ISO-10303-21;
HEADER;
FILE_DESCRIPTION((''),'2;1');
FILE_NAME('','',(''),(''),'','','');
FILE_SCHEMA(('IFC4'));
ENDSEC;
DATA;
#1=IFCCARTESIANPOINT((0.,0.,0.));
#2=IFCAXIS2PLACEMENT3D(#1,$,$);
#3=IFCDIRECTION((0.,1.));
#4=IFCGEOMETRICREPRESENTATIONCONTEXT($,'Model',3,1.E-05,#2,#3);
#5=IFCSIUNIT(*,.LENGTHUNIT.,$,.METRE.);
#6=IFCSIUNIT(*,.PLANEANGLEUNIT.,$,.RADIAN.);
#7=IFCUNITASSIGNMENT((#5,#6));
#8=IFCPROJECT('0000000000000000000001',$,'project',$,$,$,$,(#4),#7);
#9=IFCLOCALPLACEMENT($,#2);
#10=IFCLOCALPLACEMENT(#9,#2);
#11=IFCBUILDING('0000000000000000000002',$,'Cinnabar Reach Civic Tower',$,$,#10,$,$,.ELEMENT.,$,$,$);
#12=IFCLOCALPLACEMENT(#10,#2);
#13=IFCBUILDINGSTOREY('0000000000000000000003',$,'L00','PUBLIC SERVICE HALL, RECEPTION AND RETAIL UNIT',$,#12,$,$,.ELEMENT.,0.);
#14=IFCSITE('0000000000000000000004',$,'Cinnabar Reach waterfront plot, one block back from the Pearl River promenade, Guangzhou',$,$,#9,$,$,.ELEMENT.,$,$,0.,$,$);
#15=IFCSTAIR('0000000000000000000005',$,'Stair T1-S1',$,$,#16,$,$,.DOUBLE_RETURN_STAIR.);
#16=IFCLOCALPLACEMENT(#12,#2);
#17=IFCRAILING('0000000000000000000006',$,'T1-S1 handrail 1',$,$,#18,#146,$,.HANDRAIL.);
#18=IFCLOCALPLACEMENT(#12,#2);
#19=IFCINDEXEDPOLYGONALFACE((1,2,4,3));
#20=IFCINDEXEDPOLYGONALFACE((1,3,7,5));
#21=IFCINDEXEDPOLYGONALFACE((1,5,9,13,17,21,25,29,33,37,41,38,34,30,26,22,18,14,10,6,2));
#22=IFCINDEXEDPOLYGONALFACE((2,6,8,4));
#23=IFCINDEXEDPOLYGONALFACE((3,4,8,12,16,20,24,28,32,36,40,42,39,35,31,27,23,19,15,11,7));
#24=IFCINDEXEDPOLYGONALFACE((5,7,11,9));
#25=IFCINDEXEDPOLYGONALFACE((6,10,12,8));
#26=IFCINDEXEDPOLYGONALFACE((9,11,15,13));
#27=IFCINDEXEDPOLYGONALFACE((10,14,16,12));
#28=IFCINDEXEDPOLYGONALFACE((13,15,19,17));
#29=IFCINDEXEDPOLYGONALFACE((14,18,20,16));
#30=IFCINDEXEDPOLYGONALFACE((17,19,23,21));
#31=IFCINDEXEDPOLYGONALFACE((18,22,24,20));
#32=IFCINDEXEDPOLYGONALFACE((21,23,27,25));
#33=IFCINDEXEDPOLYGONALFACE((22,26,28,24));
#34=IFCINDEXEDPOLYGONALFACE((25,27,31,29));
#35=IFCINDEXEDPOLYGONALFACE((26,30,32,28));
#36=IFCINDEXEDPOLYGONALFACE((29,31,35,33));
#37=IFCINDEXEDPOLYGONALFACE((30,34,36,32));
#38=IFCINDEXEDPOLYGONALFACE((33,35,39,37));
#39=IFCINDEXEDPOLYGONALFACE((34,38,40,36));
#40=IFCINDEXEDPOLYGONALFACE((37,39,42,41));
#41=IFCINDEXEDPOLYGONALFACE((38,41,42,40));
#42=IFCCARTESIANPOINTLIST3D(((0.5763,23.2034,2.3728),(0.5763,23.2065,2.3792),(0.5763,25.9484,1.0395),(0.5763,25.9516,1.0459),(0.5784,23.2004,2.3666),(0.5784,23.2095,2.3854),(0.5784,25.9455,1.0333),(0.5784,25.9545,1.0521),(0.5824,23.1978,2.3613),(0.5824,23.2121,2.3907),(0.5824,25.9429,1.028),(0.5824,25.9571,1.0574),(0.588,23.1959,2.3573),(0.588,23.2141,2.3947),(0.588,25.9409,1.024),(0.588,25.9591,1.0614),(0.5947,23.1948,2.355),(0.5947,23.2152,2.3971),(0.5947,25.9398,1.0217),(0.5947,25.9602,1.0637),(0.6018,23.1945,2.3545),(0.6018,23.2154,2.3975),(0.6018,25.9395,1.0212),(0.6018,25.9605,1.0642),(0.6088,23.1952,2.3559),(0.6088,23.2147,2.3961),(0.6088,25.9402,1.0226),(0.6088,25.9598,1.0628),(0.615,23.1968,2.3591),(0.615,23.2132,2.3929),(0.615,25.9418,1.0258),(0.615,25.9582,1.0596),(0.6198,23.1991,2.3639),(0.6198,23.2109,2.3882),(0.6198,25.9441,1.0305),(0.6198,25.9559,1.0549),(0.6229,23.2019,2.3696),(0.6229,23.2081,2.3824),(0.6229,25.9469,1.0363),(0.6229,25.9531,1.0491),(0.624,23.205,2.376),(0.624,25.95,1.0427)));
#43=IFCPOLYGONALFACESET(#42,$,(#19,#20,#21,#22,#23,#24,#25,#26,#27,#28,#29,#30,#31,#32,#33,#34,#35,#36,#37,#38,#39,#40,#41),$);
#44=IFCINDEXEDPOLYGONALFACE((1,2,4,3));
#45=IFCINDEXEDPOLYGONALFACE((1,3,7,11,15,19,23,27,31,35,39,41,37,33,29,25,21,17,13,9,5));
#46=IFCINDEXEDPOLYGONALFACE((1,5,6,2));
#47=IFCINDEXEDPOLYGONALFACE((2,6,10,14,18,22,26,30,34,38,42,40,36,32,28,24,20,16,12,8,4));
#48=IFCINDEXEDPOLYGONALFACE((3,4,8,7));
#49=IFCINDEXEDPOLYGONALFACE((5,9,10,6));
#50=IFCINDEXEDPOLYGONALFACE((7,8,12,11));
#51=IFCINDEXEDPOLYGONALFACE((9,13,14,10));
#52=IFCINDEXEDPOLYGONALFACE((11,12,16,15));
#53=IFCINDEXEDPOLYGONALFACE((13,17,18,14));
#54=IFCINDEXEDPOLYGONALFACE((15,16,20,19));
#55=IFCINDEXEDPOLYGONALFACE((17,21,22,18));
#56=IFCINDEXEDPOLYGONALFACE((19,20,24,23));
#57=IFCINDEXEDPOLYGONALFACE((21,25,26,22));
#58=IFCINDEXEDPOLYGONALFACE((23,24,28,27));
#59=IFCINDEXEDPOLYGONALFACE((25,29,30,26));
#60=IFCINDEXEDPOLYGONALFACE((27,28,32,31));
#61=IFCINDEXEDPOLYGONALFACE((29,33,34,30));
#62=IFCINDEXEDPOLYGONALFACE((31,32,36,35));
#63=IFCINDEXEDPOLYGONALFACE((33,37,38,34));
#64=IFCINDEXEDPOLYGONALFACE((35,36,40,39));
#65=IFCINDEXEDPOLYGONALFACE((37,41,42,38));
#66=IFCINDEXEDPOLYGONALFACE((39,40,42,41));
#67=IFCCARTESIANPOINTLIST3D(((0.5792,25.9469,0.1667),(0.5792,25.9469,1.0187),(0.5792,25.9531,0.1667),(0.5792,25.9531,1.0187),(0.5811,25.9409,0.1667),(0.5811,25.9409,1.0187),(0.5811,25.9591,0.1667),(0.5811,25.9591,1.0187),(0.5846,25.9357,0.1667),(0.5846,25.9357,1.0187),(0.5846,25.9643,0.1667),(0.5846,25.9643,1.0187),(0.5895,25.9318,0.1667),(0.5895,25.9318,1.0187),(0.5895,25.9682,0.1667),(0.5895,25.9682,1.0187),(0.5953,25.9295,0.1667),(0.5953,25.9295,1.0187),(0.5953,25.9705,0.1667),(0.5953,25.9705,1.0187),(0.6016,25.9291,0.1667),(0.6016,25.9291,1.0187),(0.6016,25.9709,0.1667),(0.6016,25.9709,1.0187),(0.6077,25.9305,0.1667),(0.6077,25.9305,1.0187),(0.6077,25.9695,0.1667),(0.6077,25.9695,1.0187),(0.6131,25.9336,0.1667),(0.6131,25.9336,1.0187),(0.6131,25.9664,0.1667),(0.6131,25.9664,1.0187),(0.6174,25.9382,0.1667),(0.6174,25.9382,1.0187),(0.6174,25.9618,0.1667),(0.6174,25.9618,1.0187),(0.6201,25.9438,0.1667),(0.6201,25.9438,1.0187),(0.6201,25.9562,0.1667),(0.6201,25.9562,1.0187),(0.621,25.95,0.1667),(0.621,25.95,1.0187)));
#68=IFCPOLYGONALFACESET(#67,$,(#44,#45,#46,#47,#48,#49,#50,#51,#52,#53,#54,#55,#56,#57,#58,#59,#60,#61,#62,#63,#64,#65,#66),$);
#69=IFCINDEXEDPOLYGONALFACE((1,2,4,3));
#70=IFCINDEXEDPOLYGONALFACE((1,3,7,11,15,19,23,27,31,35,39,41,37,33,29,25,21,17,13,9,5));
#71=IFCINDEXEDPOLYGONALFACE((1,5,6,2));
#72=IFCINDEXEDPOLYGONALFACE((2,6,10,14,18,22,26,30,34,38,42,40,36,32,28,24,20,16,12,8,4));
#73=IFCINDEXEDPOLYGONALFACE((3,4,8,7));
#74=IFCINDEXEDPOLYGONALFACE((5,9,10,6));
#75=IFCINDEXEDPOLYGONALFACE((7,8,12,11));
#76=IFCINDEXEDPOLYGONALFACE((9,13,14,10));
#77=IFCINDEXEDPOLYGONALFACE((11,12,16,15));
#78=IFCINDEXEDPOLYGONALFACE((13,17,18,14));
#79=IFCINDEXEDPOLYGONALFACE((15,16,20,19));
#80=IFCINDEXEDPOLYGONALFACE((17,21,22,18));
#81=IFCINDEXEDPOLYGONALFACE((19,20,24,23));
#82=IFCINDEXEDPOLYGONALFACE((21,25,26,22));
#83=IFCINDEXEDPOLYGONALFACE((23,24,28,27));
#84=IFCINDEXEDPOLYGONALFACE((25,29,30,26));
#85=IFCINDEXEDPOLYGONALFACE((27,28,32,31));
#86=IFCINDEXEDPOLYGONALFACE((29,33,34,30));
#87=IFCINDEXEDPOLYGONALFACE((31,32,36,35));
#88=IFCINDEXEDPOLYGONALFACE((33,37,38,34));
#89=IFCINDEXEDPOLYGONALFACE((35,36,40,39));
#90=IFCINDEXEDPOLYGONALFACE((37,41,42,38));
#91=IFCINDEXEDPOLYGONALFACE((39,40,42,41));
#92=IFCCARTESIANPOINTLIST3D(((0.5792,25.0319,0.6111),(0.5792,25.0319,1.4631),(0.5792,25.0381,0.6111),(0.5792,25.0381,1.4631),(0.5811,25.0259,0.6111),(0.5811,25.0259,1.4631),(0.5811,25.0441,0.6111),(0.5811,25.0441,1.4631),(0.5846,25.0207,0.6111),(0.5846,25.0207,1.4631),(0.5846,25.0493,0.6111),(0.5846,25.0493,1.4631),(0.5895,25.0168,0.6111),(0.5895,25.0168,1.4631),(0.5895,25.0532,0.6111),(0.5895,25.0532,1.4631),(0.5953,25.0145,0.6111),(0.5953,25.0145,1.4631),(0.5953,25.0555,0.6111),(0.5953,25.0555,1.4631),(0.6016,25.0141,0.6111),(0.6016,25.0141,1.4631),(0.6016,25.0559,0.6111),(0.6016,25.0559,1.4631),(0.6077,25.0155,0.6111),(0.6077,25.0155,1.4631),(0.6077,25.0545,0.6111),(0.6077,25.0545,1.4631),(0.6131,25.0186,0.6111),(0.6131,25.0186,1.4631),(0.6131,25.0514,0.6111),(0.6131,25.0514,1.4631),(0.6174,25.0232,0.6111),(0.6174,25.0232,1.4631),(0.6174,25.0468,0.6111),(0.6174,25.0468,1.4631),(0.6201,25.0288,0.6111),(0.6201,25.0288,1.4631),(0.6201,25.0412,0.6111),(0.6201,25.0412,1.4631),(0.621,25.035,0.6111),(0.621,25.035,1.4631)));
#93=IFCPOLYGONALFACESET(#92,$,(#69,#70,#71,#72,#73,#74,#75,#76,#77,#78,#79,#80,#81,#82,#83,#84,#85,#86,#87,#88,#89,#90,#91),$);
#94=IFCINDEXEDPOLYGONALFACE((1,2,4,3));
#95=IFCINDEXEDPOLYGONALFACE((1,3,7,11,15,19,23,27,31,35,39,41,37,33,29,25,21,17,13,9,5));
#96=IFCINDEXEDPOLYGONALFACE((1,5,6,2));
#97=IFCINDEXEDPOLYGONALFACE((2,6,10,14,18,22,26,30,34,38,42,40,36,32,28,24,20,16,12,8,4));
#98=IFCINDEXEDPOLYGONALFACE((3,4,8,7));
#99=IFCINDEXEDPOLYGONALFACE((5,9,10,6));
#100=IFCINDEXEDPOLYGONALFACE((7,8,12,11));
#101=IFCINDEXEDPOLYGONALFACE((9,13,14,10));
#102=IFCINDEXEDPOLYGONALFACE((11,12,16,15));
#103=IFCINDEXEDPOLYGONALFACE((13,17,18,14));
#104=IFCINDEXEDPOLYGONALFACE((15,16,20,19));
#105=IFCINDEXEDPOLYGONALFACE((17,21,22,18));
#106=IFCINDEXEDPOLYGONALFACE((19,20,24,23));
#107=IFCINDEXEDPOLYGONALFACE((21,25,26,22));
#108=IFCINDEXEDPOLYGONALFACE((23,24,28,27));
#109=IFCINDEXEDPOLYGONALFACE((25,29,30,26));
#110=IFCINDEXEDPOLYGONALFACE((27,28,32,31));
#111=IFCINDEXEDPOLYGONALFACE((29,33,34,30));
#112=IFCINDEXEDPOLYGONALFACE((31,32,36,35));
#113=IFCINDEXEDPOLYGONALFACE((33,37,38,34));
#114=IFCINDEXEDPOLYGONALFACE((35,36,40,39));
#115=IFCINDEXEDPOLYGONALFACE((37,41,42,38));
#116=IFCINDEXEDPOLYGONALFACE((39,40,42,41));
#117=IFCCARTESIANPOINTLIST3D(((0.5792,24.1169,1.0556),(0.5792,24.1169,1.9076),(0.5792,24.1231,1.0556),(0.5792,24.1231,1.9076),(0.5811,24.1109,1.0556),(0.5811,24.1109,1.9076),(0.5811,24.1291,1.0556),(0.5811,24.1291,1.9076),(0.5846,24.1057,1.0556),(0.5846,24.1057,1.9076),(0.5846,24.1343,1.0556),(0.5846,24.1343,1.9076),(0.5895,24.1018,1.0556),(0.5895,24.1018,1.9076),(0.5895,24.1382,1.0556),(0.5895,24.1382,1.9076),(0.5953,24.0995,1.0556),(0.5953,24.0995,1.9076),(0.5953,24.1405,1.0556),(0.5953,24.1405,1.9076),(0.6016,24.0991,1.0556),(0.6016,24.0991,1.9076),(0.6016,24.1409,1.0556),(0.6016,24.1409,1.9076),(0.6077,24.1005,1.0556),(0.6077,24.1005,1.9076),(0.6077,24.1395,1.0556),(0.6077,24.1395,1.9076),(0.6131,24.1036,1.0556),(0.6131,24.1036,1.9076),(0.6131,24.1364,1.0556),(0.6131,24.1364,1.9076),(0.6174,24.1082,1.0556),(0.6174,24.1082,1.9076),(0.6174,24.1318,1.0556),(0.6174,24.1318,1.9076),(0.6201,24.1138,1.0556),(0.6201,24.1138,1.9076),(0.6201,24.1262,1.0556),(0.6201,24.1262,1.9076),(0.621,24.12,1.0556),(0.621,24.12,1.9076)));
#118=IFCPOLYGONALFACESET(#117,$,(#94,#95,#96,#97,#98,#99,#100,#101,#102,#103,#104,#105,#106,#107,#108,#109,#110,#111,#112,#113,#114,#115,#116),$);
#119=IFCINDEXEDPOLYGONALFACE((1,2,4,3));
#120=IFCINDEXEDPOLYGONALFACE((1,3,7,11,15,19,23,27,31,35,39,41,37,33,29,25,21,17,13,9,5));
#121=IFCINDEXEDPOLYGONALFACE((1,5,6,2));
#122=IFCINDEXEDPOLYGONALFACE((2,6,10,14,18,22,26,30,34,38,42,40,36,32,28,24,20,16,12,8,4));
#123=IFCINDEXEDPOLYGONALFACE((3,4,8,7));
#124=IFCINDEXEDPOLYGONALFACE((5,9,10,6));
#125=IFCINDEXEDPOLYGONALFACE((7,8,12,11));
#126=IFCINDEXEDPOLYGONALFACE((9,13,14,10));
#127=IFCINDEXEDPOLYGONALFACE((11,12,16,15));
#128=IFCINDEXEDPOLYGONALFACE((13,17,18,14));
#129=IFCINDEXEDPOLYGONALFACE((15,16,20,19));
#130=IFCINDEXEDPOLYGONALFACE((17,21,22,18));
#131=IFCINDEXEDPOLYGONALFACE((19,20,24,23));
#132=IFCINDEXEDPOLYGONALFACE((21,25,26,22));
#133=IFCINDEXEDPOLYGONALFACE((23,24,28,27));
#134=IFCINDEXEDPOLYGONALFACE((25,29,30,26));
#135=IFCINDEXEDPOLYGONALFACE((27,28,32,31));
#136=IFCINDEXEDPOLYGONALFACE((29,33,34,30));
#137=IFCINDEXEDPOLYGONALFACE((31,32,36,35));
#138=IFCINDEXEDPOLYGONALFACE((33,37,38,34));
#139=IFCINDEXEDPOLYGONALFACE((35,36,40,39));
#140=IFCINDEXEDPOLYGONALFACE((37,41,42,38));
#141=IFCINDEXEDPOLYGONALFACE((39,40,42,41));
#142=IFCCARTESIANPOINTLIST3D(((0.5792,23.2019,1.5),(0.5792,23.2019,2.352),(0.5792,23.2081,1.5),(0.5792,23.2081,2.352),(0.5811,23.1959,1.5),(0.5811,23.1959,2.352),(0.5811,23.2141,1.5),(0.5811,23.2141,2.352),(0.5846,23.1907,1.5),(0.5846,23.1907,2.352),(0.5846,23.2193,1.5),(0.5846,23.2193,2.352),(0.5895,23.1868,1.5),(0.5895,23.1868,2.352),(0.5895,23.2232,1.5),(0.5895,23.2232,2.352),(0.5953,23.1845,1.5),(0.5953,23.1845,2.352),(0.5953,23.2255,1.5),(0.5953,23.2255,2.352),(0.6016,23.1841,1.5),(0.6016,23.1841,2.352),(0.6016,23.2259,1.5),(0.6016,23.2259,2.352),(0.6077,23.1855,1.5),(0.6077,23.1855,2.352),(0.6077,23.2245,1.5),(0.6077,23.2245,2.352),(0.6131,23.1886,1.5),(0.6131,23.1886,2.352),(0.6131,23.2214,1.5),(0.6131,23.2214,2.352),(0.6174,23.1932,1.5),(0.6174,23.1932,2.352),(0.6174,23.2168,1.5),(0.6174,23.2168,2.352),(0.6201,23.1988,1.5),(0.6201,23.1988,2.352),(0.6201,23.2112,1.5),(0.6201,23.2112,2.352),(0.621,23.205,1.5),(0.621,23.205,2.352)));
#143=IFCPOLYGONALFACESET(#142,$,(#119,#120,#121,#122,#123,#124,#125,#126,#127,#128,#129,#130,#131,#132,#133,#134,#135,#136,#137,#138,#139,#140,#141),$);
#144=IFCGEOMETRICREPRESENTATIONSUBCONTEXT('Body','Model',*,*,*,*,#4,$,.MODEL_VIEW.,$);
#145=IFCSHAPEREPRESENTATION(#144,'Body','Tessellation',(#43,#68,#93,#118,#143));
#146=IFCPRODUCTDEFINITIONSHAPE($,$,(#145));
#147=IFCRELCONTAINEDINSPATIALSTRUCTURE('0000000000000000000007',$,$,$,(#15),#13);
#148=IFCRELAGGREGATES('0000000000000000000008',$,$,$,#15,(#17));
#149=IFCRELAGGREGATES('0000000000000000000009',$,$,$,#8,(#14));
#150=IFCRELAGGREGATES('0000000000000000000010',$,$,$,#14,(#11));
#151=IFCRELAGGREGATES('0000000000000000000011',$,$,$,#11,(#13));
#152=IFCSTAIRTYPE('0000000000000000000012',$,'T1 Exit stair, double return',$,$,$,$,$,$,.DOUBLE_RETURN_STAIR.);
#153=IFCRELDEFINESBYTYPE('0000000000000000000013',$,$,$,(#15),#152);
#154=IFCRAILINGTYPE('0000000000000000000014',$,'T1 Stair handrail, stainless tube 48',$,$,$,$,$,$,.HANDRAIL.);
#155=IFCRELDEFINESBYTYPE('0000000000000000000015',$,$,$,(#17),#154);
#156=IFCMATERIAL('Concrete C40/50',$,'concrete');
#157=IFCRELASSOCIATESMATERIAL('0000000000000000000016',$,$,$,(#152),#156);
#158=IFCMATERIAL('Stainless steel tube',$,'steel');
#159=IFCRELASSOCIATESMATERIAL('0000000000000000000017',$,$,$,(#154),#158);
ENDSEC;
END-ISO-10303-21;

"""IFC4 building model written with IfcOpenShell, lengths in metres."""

from ifc_helpers import new_model, si_unit, direction, frame, origin, origin_2d, place, context, subcontext, project, spatial, circle, extrude, material, type_object, element, aggregate, save


model = new_model("IFC4")

# Units and contexts
model_context = context("Model", 3, precision=1e-05, world=origin(), true_north=direction((0.0, 1.0)))
body_context = subcontext(model_context, "Body", "Model", "MODEL_VIEW")
ifc_project = project(units=[si_unit("LENGTHUNIT", "METRE"), si_unit("PLANEANGLEUNIT", "RADIAN")], contexts=[model_context])

# Site, building, storey
site_placement = place(None, origin())
site = spatial("IfcSite", under=ifc_project, at=site_placement, Name="Cinnabar Reach waterfront plot, one block back from the Pearl River promenade, Guangzhou", CompositionType="ELEMENT", RefElevation=0.0)
building_placement = place(site_placement, origin())
building = spatial("IfcBuilding", under=site, at=building_placement, Name="Cinnabar Reach Civic Tower", CompositionType="ELEMENT")
storey_placement = place(building_placement, origin())
storey = spatial("IfcBuildingStorey", under=building, at=storey_placement, Name="L00", Description="PUBLIC SERVICE HALL, RECEPTION AND RETAIL UNIT", CompositionType="ELEMENT", Elevation=0.0)

# Stair, railing
ifc_material_1 = material(Name="Concrete C40/50", Category="concrete")
stair_type = type_object("IfcStairType", Name="T1 Exit stair, double return", PredefinedType="DOUBLE_RETURN_STAIR", material=ifc_material_1)
stair_placement = place(storey_placement, origin())
stair = element("IfcStair", 1, at=stair_placement, inside=storey, type_object=stair_type, Name="Stair T1-S1", PredefinedType="DOUBLE_RETURN_STAIR")
ifc_material_2 = material(Name="Stainless steel tube", Category="steel")
railing_type_1 = type_object("IfcRailingType", Name="T1 Stair handrail, stainless tube 48", PredefinedType="HANDRAIL", material=ifc_material_2)
railing_1_placement = place(storey_placement, frame((0.6, 25.95, 0.1667)))
railing_1 = element("IfcRailing", 2, at=railing_1_placement, type_object=railing_type_1, Name="T1-S1 handrail 1", PredefinedType="HANDRAIL", context=body_context, shape_type="SweptSolid", body=[
    extrude(circle(Radius=0.024, at=origin_2d()), frame((0.0, 0.0, 0.876), z_axis=(0.0, -0.899506, 0.436908), x_axis=(1.0, 0.0, 0.0)), (0.0, 0.0, 1.0), 3.0517),
    extrude(circle(Radius=0.021, at=origin_2d()), origin(), (0.0, 0.0, 1.0), 0.852),
    extrude(circle(Radius=0.021, at=origin_2d()), frame((0.0, -0.915, 0.4444)), (0.0, 0.0, 1.0), 0.852),
    extrude(circle(Radius=0.021, at=origin_2d()), frame((0.0, -1.83, 0.8889)), (0.0, 0.0, 1.0), 0.852),
    extrude(circle(Radius=0.021, at=origin_2d()), frame((0.0, -2.745, 1.3333)), (0.0, 0.0, 1.0), 0.852),
])
aggregate(stair, [railing_1])

save(model, "model.ifc")
